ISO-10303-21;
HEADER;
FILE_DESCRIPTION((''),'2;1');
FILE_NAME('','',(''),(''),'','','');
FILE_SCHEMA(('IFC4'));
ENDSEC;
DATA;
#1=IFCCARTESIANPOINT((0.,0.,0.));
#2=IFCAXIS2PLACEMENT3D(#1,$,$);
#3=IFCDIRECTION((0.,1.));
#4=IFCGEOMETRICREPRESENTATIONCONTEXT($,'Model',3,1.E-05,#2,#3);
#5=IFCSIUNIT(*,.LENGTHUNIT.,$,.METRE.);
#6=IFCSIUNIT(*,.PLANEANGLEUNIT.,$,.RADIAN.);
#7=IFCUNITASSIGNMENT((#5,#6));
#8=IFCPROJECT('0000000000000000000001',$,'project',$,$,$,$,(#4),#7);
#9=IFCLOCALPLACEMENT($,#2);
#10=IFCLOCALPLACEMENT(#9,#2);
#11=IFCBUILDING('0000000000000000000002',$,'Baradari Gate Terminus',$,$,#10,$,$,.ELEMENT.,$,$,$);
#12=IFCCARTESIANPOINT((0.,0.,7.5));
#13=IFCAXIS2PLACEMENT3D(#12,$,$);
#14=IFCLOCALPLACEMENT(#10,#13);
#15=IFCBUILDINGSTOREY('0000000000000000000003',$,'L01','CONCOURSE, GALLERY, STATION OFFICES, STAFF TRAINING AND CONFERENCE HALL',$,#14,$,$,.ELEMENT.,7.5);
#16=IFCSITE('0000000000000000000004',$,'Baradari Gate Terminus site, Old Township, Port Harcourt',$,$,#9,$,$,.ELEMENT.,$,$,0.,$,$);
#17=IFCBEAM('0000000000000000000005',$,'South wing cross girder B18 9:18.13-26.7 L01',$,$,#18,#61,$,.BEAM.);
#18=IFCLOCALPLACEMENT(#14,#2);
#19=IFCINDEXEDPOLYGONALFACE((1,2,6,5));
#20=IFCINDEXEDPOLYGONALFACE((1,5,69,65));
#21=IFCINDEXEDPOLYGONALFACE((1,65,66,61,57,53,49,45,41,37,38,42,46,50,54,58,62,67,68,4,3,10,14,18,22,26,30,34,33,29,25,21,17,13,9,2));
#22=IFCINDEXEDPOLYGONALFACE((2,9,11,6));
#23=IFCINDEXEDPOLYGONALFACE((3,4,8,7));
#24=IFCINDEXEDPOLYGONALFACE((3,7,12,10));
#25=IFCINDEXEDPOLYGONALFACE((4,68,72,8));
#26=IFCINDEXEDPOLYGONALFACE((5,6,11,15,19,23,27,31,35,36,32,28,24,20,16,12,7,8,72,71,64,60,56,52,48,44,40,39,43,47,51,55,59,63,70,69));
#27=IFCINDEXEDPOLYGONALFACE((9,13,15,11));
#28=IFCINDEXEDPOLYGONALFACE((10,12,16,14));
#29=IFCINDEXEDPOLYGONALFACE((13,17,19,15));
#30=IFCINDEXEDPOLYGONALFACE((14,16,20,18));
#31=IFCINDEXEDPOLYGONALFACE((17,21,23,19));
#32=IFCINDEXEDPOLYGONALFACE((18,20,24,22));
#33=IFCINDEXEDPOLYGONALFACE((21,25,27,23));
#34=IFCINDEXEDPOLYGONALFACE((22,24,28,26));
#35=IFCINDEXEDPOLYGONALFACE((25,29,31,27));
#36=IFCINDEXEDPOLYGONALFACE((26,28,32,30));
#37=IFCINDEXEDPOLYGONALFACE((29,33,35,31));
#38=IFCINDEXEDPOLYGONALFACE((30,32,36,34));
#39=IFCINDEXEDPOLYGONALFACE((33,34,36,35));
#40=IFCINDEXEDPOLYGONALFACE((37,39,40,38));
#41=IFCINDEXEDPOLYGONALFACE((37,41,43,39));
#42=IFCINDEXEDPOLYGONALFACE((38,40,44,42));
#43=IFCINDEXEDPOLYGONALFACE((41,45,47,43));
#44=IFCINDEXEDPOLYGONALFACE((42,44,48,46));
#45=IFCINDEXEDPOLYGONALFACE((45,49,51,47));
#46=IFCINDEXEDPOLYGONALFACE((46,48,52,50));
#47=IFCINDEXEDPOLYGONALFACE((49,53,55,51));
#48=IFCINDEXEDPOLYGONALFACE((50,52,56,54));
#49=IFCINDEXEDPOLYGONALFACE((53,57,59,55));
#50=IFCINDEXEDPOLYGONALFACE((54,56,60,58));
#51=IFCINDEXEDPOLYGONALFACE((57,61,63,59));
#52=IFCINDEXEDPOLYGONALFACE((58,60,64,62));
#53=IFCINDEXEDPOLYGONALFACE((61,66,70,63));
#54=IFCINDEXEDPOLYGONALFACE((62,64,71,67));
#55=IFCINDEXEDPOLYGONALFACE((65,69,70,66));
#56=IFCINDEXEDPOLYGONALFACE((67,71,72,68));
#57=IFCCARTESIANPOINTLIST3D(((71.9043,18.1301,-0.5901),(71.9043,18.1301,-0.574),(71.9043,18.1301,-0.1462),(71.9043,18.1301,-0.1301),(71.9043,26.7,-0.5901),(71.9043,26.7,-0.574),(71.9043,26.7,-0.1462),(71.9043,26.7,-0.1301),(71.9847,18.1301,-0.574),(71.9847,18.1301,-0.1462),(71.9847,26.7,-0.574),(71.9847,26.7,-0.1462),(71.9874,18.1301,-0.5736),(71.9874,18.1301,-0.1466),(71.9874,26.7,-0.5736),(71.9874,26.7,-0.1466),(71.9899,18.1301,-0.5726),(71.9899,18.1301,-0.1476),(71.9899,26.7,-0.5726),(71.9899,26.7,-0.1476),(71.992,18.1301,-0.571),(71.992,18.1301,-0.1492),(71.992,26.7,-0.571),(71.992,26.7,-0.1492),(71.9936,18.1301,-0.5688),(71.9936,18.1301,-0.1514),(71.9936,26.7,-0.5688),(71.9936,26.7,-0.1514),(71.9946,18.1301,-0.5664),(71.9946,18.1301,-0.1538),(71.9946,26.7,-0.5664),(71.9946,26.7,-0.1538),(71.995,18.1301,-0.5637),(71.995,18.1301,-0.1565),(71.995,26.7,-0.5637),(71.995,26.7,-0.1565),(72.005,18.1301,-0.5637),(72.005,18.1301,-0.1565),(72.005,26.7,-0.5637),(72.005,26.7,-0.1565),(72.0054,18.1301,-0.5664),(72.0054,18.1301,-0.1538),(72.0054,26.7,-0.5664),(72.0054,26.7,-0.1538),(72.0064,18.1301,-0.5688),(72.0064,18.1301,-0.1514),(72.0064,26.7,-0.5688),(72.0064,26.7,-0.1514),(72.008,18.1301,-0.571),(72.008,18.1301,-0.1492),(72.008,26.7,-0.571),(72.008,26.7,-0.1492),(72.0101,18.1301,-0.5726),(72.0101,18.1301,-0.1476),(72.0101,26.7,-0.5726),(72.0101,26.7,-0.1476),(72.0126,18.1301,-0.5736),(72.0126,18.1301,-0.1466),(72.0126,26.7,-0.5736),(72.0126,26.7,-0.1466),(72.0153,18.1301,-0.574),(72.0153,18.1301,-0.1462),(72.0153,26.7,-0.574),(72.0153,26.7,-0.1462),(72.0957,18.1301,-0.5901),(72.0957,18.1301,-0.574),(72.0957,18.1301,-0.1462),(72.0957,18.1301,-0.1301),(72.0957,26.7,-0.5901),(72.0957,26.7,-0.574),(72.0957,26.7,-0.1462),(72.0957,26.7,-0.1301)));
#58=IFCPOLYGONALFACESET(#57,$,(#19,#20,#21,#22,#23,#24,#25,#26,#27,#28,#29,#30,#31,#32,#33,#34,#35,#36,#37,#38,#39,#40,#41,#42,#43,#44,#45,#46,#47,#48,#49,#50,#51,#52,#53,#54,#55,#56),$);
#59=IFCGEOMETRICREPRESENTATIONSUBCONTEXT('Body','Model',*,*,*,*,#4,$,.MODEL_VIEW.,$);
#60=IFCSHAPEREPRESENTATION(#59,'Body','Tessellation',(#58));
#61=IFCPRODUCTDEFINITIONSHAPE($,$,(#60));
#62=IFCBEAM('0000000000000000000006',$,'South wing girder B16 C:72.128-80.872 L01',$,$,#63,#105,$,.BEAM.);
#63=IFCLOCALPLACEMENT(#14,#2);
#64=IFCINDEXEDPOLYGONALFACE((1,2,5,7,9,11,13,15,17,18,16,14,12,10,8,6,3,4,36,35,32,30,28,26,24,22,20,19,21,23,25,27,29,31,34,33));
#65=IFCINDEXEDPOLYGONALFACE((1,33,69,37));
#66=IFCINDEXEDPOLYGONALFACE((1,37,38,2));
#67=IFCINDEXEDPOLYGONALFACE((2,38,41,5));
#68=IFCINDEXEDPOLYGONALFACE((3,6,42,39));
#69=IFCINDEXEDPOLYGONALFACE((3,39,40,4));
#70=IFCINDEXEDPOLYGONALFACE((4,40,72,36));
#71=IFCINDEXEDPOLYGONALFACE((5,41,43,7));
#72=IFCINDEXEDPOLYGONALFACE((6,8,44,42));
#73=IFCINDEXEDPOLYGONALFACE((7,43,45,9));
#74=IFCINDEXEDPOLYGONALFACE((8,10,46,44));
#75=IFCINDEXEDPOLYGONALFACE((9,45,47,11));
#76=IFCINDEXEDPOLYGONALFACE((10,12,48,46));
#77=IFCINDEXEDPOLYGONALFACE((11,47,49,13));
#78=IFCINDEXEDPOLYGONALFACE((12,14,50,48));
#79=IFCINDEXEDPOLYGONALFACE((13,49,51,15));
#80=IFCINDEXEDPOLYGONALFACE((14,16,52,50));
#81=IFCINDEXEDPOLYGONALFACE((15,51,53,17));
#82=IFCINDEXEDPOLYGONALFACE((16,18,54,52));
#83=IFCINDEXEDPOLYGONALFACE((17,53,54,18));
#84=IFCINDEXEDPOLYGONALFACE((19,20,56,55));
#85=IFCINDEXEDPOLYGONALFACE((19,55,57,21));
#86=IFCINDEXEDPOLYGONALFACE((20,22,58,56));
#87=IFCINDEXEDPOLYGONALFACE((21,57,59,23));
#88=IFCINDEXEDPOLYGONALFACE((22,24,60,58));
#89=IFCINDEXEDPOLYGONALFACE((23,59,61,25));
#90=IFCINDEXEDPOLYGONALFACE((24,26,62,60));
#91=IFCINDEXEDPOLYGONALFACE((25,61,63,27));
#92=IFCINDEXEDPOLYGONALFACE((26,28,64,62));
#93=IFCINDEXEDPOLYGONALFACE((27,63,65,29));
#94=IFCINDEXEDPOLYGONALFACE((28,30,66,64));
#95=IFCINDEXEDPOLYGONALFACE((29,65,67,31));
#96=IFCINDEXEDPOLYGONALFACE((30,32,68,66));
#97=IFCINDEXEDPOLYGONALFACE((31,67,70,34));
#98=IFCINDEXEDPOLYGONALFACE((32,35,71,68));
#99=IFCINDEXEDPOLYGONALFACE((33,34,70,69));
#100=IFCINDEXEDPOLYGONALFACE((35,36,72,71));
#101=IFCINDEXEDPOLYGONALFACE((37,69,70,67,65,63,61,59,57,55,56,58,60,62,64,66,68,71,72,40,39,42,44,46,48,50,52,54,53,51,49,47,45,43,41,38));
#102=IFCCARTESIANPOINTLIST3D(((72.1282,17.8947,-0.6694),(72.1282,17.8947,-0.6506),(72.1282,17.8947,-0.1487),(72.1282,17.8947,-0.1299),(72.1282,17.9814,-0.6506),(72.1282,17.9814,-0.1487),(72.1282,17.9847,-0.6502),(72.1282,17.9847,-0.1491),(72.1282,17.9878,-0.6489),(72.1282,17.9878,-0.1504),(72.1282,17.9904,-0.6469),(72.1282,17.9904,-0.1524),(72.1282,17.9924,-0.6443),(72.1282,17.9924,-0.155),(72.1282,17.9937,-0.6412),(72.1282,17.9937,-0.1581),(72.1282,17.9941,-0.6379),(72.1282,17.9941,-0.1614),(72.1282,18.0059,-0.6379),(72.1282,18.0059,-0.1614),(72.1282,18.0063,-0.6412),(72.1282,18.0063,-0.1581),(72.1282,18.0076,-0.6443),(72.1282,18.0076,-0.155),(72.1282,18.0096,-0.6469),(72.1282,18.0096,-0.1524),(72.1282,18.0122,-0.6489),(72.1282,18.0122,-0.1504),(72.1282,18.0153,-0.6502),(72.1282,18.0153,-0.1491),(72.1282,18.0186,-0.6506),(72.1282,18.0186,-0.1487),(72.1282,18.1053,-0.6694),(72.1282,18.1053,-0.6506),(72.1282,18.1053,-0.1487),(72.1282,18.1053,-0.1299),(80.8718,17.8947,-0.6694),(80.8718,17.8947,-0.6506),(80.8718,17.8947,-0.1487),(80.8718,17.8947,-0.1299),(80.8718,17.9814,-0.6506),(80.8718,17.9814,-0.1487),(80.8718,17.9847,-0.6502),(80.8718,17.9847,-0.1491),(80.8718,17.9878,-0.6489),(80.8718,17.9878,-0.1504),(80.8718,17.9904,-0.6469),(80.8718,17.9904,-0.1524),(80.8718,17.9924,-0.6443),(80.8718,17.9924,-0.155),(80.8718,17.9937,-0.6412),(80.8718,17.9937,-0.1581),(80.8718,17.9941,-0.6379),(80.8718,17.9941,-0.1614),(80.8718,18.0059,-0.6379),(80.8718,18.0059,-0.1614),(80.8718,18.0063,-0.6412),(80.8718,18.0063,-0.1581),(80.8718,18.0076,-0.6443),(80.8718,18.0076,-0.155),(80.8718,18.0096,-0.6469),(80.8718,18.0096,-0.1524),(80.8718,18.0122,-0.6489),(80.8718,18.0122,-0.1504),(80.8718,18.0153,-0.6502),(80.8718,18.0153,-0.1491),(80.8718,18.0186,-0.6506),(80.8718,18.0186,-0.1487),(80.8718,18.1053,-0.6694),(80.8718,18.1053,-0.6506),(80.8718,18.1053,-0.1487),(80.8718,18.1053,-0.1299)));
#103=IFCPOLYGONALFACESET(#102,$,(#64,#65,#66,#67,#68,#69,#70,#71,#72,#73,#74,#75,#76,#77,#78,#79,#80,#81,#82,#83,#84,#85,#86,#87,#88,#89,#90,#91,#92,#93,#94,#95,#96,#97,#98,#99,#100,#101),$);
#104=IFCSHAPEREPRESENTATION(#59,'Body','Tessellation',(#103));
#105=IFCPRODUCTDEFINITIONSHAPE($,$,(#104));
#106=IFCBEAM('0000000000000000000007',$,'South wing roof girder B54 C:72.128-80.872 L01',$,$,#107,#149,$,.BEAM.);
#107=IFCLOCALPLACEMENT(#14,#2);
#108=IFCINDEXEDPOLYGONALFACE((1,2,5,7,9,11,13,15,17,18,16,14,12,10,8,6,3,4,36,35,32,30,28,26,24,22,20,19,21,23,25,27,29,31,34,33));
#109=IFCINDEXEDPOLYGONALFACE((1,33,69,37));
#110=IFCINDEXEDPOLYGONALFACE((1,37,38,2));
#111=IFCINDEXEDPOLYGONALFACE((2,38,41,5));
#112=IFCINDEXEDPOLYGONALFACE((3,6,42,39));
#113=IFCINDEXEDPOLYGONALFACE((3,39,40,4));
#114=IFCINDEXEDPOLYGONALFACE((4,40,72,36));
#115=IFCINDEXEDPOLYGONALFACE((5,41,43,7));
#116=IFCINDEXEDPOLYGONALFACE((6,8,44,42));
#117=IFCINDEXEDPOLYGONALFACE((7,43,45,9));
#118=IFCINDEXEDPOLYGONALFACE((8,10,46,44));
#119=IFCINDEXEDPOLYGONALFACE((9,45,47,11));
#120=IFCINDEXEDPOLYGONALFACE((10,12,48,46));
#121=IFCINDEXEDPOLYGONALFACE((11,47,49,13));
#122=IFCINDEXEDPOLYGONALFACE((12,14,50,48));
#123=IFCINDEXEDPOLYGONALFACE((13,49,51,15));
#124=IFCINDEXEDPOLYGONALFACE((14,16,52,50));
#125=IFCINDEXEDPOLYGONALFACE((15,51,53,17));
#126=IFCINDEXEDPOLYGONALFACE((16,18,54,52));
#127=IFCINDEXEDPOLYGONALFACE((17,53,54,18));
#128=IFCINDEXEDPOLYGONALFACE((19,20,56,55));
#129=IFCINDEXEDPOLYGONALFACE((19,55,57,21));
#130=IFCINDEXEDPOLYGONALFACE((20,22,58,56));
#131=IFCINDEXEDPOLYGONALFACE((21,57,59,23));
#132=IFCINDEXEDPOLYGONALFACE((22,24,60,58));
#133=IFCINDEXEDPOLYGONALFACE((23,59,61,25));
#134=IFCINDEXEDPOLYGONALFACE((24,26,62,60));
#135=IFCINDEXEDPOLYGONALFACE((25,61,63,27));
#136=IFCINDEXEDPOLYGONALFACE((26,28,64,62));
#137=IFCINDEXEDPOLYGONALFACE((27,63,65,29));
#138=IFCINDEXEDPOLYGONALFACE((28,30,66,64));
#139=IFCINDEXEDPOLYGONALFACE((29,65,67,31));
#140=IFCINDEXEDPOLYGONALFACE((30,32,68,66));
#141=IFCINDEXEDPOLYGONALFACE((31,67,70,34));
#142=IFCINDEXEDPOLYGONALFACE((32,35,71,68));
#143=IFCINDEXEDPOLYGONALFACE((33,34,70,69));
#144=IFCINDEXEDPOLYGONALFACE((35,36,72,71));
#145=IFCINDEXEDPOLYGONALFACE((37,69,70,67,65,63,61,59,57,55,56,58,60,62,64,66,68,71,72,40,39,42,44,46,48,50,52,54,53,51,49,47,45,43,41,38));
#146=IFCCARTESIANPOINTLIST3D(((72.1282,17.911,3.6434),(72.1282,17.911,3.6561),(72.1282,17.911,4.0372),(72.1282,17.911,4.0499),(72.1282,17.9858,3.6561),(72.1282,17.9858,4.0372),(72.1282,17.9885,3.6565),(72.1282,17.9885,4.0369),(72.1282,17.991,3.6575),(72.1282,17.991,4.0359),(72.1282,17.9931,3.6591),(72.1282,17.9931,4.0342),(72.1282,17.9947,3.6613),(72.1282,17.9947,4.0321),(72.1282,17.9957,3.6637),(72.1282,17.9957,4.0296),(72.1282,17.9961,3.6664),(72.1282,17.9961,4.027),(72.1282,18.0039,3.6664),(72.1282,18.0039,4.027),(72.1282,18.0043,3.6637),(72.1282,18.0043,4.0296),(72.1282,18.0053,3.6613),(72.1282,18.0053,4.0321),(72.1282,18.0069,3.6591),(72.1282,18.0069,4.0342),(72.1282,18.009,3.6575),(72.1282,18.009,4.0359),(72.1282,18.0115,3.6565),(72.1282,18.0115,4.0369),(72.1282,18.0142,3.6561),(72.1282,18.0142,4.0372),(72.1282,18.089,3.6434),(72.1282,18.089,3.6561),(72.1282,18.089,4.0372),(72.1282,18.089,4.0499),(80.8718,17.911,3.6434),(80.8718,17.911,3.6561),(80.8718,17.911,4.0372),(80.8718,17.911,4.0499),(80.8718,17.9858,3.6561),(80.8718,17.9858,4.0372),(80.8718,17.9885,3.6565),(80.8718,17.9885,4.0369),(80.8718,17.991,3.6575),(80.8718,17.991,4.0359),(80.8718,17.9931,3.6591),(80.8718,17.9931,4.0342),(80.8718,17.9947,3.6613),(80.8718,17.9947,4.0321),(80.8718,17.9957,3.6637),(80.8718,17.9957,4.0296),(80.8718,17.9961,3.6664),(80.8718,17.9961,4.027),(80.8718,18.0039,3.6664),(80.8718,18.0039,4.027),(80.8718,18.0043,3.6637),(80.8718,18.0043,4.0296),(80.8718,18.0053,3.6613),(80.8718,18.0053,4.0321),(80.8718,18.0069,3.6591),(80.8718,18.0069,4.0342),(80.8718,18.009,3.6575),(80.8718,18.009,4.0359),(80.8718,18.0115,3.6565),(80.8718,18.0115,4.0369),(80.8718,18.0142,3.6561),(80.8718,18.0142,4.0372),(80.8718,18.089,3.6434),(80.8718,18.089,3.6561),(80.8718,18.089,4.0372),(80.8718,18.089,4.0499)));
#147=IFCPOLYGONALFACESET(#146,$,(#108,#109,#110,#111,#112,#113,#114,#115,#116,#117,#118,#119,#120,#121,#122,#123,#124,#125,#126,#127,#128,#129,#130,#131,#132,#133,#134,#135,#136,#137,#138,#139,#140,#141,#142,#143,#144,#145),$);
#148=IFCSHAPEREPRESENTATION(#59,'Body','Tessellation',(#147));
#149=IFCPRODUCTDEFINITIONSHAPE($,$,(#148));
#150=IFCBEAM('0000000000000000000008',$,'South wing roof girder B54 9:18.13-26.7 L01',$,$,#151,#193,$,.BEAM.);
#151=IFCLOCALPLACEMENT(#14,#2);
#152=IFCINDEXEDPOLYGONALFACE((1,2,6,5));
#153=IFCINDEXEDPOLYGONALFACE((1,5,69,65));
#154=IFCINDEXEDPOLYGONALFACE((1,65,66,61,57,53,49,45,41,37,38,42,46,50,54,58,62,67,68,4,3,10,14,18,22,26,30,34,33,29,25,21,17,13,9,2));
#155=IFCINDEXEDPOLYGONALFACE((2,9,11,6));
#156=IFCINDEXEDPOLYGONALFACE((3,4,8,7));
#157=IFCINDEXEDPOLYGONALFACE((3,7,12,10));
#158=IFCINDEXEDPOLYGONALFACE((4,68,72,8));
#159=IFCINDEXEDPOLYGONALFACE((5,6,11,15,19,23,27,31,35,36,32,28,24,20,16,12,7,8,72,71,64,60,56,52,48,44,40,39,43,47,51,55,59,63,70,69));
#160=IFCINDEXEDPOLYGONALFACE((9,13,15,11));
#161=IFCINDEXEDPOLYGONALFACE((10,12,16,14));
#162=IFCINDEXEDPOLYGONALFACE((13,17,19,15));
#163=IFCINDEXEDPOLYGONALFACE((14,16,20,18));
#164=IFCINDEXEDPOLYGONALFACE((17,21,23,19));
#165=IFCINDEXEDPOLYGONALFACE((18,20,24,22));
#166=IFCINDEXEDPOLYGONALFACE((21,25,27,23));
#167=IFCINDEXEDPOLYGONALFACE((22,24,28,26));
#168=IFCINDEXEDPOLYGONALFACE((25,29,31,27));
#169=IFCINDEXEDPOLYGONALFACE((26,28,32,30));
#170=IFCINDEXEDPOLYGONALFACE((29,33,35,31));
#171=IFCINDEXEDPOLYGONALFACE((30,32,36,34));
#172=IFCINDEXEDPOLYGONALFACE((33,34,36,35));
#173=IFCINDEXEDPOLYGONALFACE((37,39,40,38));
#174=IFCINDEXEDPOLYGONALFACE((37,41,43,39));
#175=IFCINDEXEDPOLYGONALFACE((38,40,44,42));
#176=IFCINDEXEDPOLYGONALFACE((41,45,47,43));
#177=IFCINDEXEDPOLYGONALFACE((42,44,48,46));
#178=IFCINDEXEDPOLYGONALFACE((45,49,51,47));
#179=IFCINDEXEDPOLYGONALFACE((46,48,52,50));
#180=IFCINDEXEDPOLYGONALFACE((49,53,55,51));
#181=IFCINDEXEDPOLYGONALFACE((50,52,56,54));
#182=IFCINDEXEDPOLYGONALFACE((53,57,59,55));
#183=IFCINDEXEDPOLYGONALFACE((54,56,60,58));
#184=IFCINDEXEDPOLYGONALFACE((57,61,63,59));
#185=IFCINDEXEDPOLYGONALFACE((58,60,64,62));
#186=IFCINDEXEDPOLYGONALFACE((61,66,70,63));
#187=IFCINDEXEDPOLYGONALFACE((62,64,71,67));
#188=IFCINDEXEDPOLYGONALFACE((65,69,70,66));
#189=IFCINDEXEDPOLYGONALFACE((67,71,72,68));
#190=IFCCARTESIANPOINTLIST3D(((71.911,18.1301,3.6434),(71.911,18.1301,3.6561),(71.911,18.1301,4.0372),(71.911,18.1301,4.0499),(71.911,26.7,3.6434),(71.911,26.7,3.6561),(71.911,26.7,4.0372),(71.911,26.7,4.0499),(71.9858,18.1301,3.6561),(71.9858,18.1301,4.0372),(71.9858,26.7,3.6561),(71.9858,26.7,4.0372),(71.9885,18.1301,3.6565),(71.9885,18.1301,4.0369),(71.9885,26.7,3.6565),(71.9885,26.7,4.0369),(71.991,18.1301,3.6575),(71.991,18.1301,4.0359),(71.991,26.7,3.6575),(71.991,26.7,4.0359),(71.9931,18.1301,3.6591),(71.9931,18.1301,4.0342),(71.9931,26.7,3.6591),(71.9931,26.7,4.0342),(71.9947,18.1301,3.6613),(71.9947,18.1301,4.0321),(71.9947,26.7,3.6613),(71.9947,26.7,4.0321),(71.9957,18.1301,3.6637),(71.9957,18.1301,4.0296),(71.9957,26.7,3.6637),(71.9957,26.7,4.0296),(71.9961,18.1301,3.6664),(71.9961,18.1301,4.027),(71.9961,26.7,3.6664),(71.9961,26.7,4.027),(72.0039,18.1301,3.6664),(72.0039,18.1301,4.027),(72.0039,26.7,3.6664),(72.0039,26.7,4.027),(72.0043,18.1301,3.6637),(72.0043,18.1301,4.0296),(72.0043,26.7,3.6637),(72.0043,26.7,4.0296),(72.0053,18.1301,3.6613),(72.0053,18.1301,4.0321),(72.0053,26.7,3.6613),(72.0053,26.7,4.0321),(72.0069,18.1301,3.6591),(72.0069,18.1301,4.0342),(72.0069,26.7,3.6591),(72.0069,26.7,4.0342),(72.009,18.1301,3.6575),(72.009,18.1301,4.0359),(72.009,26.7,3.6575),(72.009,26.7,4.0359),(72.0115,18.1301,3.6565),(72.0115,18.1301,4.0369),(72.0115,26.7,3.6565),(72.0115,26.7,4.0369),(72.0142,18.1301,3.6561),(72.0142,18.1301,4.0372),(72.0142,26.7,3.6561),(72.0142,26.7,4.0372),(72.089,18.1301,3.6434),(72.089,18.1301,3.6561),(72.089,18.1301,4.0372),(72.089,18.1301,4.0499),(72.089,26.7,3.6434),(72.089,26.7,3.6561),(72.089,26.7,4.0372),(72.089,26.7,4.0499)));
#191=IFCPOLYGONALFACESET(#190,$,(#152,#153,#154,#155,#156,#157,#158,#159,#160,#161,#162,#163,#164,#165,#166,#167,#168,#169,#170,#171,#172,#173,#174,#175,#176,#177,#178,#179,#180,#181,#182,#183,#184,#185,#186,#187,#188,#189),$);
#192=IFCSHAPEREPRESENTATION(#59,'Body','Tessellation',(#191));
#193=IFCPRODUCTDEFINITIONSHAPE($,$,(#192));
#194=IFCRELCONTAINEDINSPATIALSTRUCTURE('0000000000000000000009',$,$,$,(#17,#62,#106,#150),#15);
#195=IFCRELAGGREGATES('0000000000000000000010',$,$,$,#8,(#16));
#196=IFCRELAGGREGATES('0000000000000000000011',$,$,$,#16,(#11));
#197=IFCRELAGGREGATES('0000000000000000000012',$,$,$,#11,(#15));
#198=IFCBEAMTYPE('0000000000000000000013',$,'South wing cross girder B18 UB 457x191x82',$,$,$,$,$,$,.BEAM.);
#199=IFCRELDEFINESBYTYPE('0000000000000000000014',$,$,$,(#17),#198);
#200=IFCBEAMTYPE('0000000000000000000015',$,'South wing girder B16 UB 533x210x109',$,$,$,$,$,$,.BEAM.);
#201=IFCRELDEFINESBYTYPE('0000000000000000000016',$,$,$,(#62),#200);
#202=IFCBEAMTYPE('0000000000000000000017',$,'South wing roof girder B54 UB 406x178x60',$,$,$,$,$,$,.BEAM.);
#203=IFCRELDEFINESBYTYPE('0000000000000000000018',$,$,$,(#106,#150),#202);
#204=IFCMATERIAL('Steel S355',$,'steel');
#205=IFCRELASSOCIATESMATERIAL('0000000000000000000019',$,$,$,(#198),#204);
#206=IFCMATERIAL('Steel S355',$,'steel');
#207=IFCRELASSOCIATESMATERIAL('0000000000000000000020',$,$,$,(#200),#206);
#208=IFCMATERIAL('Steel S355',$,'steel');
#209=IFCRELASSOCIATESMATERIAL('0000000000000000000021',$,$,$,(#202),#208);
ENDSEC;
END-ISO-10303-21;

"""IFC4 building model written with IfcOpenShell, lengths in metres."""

from ifc_helpers import new_model, si_unit, direction, frame, origin, origin_2d, place, context, subcontext, project, spatial, i_section, extrude, material, material_profile, profile_set, type_object, element, save


model = new_model("IFC4")

# Units and contexts
model_context = context("Model", 3, precision=1e-05, world=origin(), true_north=direction((0.0, 1.0)))
body_context = subcontext(model_context, "Body", "Model", "MODEL_VIEW")
ifc_project = project(units=[si_unit("LENGTHUNIT", "METRE"), si_unit("PLANEANGLEUNIT", "RADIAN")], contexts=[model_context])

# Site, building, storey
site_placement = place(None, origin())
site = spatial("IfcSite", under=ifc_project, at=site_placement, Name="Baradari Gate Terminus site, Old Township, Port Harcourt", CompositionType="ELEMENT", RefElevation=0.0)
building_placement = place(site_placement, origin())
building = spatial("IfcBuilding", under=site, at=building_placement, Name="Baradari Gate Terminus", CompositionType="ELEMENT")
storey_placement = place(building_placement, frame((0.0, 0.0, 7.5)))
storey = spatial("IfcBuildingStorey", under=building, at=storey_placement, Name="L01", Description="CONCOURSE, GALLERY, STATION OFFICES, STAFF TRAINING AND CONFERENCE HALL", CompositionType="ELEMENT", Elevation=7.5)

# Beams
ifc_material_1 = material(Name="Steel S355", Category="steel")
ifc_material_profile_1 = material_profile(ifc_material_1, i_section(OverallWidth=0.1914, OverallDepth=0.46, WebThickness=0.01, FlangeThickness=0.0161, FilletRadius=0.0103, at=origin_2d()), Name="UB 457x191x82")
ifc_profile_set_1 = profile_set([ifc_material_profile_1], Name="Steel S355")
beam_type_1 = type_object("IfcBeamType", Name="South wing cross girder B18 UB 457x191x82", PredefinedType="BEAM", material=ifc_profile_set_1)
beam_1_placement = place(storey_placement, frame((72.0, 18.1301, -0.3601), z_axis=(0.0, 1.0, 0.0), x_axis=(-1.0, 0.0, 0.0)))
element("IfcBeam", 1, at=beam_1_placement, inside=storey, type_object=beam_type_1, Name="South wing cross girder B18 9:18.13-26.7 L01", PredefinedType="BEAM", context=body_context, shape_type="SweptSolid", body=[
    extrude(i_section(OverallWidth=0.1914, OverallDepth=0.46, WebThickness=0.01, FlangeThickness=0.0161, FilletRadius=0.0103, at=origin_2d()), origin(), (0.0, 0.0, 1.0), 8.5698),
])
ifc_material_2 = material(Name="Steel S355", Category="steel")
ifc_material_profile_2 = material_profile(ifc_material_2, i_section(OverallWidth=0.2107, OverallDepth=0.5396, WebThickness=0.0117, FlangeThickness=0.0188, FilletRadius=0.0127, at=origin_2d()), Name="UB 533x210x109")
ifc_profile_set_2 = profile_set([ifc_material_profile_2], Name="Steel S355")
beam_type_2 = type_object("IfcBeamType", Name="South wing girder B16 UB 533x210x109", PredefinedType="BEAM", material=ifc_profile_set_2)
beam_2_placement = place(storey_placement, frame((72.1282, 18.0, -0.3997), z_axis=(1.0, 0.0, 0.0), x_axis=(0.0, 1.0, 0.0)))
element("IfcBeam", 2, at=beam_2_placement, inside=storey, type_object=beam_type_2, Name="South wing girder B16 C:72.128-80.872 L01", PredefinedType="BEAM", context=body_context, shape_type="SweptSolid", body=[
    extrude(i_section(OverallWidth=0.2107, OverallDepth=0.5396, WebThickness=0.0117, FlangeThickness=0.0188, FilletRadius=0.0127, at=origin_2d()), origin(), (0.0, 0.0, 1.0), 8.7437),
])
ifc_material_3 = material(Name="Steel S355", Category="steel")
ifc_material_profile_3 = material_profile(ifc_material_3, i_section(OverallWidth=0.178, OverallDepth=0.4065, WebThickness=0.0078, FlangeThickness=0.0127, FilletRadius=0.0103, at=origin_2d()), Name="UB 406x178x60")
ifc_profile_set_3 = profile_set([ifc_material_profile_3], Name="Steel S355")
beam_type_3 = type_object("IfcBeamType", Name="South wing roof girder B54 UB 406x178x60", PredefinedType="BEAM", material=ifc_profile_set_3)
beam_3_placement = place(storey_placement, frame((72.1282, 18.0, 3.8467), z_axis=(1.0, 0.0, 0.0), x_axis=(0.0, 1.0, 0.0)))
element("IfcBeam", 3, at=beam_3_placement, inside=storey, type_object=beam_type_3, Name="South wing roof girder B54 C:72.128-80.872 L01", PredefinedType="BEAM", context=body_context, shape_type="SweptSolid", body=[
    extrude(i_section(OverallWidth=0.178, OverallDepth=0.4065, WebThickness=0.0078, FlangeThickness=0.0127, FilletRadius=0.0103, at=origin_2d()), origin(), (0.0, 0.0, 1.0), 8.7437),
])
beam_4_placement = place(storey_placement, frame((72.0, 18.1301, 3.8467), z_axis=(0.0, 1.0, 0.0), x_axis=(-1.0, 0.0, 0.0)))
element("IfcBeam", 4, at=beam_4_placement, inside=storey, type_object=beam_type_3, Name="South wing roof girder B54 9:18.13-26.7 L01", PredefinedType="BEAM", context=body_context, shape_type="SweptSolid", body=[
    extrude(i_section(OverallWidth=0.178, OverallDepth=0.4065, WebThickness=0.0078, FlangeThickness=0.0127, FilletRadius=0.0103, at=origin_2d()), origin(), (0.0, 0.0, 1.0), 8.5698),
])

save(model, "model.ifc")
